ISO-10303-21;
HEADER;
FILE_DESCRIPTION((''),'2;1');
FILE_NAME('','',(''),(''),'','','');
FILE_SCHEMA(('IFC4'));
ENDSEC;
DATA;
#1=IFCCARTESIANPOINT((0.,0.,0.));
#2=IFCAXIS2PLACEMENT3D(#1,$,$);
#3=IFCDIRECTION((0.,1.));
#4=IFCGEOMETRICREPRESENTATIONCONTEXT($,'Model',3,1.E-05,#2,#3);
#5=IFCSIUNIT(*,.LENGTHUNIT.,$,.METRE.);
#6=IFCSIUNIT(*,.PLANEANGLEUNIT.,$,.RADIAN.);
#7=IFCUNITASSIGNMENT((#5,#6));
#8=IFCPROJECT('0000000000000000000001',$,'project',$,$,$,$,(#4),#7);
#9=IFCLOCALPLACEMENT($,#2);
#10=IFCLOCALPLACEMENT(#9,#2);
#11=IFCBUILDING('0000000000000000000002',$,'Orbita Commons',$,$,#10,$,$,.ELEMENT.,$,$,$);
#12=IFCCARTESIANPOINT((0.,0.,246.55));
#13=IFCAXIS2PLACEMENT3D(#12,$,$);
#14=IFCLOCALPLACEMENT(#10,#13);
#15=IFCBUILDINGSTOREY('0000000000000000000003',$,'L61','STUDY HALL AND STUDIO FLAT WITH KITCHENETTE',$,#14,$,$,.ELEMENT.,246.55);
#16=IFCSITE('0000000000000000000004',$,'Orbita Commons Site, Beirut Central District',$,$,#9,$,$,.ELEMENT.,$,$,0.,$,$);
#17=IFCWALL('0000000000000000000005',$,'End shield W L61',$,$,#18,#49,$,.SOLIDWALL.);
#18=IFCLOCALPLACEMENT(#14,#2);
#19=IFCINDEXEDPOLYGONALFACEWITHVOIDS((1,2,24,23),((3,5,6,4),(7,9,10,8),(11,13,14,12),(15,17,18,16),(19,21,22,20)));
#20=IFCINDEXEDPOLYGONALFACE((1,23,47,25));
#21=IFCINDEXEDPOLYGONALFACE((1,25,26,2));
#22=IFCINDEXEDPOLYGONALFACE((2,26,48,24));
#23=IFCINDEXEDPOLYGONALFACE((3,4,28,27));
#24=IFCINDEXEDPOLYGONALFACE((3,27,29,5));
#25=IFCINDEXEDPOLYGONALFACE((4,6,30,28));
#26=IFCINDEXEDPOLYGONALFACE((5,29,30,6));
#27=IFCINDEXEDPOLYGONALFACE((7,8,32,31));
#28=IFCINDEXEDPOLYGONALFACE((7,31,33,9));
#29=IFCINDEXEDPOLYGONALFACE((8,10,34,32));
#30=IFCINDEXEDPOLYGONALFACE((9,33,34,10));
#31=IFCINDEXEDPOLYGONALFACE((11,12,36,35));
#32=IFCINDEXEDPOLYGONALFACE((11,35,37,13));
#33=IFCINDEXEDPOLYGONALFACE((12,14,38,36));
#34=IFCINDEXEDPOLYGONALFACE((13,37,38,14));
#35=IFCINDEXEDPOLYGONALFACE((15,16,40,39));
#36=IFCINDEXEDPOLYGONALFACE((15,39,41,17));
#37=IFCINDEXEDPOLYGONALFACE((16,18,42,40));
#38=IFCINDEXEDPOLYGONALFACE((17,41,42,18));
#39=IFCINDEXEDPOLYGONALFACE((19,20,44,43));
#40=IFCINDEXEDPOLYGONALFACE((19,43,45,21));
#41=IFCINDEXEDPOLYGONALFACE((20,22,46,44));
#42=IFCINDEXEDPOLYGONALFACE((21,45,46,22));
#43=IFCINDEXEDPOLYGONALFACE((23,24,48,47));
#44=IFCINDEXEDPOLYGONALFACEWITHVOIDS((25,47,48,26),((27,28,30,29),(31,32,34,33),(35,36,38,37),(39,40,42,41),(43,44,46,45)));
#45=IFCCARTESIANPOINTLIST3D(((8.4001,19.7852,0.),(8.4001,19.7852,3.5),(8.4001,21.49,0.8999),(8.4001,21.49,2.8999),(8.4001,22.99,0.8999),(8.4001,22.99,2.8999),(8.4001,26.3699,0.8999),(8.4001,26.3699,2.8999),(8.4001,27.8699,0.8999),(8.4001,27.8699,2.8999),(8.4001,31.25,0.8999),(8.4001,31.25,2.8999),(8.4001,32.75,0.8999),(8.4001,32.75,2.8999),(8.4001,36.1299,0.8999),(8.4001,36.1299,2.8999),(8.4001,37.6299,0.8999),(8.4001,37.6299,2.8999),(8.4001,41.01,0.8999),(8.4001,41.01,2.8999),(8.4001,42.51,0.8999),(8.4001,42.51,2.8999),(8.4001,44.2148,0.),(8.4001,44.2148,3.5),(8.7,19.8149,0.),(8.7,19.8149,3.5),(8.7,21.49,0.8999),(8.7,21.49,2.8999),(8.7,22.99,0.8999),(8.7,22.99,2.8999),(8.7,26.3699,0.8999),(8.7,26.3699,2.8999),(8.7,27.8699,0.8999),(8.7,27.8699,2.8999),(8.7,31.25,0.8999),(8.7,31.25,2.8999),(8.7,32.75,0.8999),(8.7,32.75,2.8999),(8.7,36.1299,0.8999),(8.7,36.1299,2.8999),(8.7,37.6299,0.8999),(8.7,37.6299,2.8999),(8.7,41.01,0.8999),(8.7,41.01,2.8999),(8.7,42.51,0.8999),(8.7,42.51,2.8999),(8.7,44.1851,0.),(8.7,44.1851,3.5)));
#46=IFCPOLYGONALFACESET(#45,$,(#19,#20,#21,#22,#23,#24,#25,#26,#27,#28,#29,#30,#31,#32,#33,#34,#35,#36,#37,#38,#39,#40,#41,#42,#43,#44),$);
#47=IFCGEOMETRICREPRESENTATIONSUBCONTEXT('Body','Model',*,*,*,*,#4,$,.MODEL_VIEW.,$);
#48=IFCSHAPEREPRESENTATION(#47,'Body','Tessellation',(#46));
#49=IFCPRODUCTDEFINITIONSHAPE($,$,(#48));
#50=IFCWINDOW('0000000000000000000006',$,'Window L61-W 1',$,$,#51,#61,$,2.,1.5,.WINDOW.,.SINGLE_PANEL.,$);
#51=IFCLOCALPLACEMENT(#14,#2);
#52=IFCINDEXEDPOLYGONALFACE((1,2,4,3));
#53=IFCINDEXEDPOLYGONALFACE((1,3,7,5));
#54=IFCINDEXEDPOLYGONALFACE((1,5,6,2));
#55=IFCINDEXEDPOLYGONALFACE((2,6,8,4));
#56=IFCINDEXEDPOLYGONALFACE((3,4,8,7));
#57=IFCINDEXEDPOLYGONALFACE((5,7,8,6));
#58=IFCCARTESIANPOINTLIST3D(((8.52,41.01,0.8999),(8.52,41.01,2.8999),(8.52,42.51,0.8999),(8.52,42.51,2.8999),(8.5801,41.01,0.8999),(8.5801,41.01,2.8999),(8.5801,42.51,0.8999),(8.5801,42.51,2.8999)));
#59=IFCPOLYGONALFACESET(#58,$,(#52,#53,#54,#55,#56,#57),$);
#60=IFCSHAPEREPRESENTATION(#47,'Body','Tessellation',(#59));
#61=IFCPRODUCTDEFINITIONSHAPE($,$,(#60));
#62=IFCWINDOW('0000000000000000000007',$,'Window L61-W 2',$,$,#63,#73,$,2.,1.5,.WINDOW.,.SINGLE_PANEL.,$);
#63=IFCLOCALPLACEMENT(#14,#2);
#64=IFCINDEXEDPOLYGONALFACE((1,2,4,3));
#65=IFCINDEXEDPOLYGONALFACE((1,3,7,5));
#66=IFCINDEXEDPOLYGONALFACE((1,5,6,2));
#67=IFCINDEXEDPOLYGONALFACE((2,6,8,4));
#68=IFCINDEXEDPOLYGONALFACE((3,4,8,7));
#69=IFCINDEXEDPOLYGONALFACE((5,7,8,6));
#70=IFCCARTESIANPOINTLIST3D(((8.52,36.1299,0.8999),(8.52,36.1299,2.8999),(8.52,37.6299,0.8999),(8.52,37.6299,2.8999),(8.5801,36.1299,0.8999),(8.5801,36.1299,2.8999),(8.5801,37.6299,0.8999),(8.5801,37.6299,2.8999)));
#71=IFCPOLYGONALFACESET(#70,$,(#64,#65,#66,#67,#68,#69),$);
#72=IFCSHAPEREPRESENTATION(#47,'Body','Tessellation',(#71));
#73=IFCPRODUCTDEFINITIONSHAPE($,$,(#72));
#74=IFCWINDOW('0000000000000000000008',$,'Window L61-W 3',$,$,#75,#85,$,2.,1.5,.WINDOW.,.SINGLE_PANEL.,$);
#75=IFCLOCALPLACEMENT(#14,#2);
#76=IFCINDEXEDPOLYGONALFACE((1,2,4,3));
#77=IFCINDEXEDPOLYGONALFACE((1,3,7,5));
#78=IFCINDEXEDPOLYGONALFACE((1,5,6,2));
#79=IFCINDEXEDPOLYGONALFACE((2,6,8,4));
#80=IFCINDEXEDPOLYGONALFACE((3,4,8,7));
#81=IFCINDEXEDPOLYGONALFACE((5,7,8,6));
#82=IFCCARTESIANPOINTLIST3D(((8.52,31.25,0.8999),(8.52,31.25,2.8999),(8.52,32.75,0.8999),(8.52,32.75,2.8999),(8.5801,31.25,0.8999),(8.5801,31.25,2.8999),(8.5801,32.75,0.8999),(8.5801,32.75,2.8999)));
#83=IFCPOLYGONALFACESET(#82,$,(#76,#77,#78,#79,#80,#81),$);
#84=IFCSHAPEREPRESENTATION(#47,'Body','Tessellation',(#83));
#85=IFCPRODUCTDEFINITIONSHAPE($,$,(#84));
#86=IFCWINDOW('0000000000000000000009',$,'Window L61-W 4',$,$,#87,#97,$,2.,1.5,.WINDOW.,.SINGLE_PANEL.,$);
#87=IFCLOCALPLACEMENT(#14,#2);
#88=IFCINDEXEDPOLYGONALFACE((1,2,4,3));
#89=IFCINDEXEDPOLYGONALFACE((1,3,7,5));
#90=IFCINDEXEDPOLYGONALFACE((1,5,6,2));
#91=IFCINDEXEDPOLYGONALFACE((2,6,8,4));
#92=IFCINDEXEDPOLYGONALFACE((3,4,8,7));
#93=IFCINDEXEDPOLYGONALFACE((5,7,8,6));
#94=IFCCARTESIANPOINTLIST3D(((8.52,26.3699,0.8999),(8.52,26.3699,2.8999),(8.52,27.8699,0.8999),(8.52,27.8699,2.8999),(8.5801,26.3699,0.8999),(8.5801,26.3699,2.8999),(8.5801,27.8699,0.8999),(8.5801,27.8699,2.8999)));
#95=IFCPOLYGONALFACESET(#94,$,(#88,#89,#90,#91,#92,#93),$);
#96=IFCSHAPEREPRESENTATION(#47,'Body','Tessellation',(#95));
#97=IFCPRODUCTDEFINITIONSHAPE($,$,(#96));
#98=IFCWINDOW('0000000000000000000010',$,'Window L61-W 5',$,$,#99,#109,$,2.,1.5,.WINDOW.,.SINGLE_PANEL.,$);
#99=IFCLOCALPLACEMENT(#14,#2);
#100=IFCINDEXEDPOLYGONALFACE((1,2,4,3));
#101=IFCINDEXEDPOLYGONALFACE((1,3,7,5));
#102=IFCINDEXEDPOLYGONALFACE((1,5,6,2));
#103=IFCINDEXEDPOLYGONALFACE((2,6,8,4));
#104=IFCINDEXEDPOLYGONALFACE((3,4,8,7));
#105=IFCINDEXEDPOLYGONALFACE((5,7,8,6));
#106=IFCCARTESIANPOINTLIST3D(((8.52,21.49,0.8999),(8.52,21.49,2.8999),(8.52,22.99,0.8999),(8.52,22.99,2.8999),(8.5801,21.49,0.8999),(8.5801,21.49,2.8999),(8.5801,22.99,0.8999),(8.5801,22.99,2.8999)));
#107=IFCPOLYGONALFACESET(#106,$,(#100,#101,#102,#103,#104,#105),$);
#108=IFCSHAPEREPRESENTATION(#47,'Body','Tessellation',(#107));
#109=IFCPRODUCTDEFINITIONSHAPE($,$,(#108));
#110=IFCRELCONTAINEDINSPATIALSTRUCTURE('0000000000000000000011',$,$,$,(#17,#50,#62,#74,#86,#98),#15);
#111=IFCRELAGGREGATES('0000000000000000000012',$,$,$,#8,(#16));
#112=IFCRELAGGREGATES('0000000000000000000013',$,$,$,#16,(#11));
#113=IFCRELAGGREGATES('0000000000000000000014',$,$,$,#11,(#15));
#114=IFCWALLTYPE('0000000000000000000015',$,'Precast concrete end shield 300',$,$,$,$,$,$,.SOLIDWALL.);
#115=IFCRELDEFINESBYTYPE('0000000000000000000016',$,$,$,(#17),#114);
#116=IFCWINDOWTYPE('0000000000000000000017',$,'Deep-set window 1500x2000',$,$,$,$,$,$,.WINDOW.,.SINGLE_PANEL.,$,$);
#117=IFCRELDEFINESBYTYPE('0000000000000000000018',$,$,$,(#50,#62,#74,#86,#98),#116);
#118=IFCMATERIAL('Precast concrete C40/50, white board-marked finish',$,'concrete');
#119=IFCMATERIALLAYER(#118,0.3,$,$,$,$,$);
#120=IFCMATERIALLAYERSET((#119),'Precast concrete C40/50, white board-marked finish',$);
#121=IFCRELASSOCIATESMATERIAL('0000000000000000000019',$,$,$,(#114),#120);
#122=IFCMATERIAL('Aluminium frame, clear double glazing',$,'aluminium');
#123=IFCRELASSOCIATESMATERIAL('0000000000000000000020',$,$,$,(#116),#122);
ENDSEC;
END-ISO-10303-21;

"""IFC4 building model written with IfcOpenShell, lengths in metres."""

from ifc_helpers import new_model, si_unit, direction, frame, frame_2d, origin, place, context, subcontext, project, spatial, polyline, rectangle, outline, extrude, material, layer, layer_set, type_object, element, fill, save


model = new_model("IFC4")

# Units and contexts
model_context = context("Model", 3, precision=1e-05, world=origin(), true_north=direction((0.0, 1.0)))
body_context = subcontext(model_context, "Body", "Model", "MODEL_VIEW")
ifc_project = project(units=[si_unit("LENGTHUNIT", "METRE"), si_unit("PLANEANGLEUNIT", "RADIAN")], contexts=[model_context])

# Site, building, storey
site_placement = place(None, origin())
site = spatial("IfcSite", under=ifc_project, at=site_placement, Name="Orbita Commons Site, Beirut Central District", CompositionType="ELEMENT", RefElevation=0.0)
building_placement = place(site_placement, origin())
building = spatial("IfcBuilding", under=site, at=building_placement, Name="Orbita Commons", CompositionType="ELEMENT")
storey_placement = place(building_placement, frame((0.0, 0.0, 246.55)))
storey = spatial("IfcBuildingStorey", under=building, at=storey_placement, Name="L61", Description="STUDY HALL AND STUDIO FLAT WITH KITCHENETTE", CompositionType="ELEMENT", Elevation=246.55)

# Wall, openings, windows
ifc_material_1 = material(Name="Precast concrete C40/50, white board-marked finish", Category="concrete")
ifc_layer_1 = layer(ifc_material_1, 0.3)
ifc_layer_set_1 = layer_set([ifc_layer_1], Name="Precast concrete C40/50, white board-marked finish")
wall_type_1 = type_object("IfcWallType", Name="Precast concrete end shield 300", PredefinedType="SOLIDWALL", material=ifc_layer_set_1)
wall_1_placement = place(storey_placement, frame((8.55, 44.2, 0.0), z_axis=(0.0, 0.0, 1.0), x_axis=(0.0, -1.0, 0.0)))
wall_1 = element("IfcWall", 1, at=wall_1_placement, inside=storey, type_object=wall_type_1, Name="End shield W L61", PredefinedType="SOLIDWALL", context=body_context, shape_type="SweptSolid", body=[
    extrude(outline(polyline([(-0.0149, -0.1499), (24.4148, -0.1499), (24.385, 0.1499), (0.0149, 0.1499), (-0.0149, -0.1499)])), origin(), (0.0, 0.0, 1.0), 3.5),
])
opening_1_placement = place(wall_1_placement, frame((1.6899, 0.0, 0.8999)))
opening_1 = element("IfcOpeningElement", 2, at=opening_1_placement, cuts=wall_1, PredefinedType="OPENING", context=body_context, shape_type="SweptSolid", body=[
    extrude(rectangle(XDim=1.5, YDim=2.0, at=frame_2d((0.75, 1.0))), frame((0.0, 0.1599, 0.0), z_axis=(0.0, -1.0, 0.0), x_axis=(1.0, 0.0, 0.0)), (0.0, 0.0, 1.0), 0.3201),
])
opening_2_placement = place(wall_1_placement, frame((6.5701, 0.0, 0.8999)))
opening_2 = element("IfcOpeningElement", 3, at=opening_2_placement, cuts=wall_1, PredefinedType="OPENING", context=body_context, shape_type="SweptSolid", body=[
    extrude(rectangle(XDim=1.5, YDim=2.0, at=frame_2d((0.75, 1.0))), frame((0.0, 0.1599, 0.0), z_axis=(0.0, -1.0, 0.0), x_axis=(1.0, 0.0, 0.0)), (0.0, 0.0, 1.0), 0.3201),
])
opening_3_placement = place(wall_1_placement, frame((11.45, 0.0, 0.8999)))
opening_3 = element("IfcOpeningElement", 4, at=opening_3_placement, cuts=wall_1, PredefinedType="OPENING", context=body_context, shape_type="SweptSolid", body=[
    extrude(rectangle(XDim=1.5, YDim=2.0, at=frame_2d((0.75, 1.0))), frame((0.0, 0.1599, 0.0), z_axis=(0.0, -1.0, 0.0), x_axis=(1.0, 0.0, 0.0)), (0.0, 0.0, 1.0), 0.3201),
])
opening_4_placement = place(wall_1_placement, frame((16.3301, 0.0, 0.8999)))
opening_4 = element("IfcOpeningElement", 5, at=opening_4_placement, cuts=wall_1, PredefinedType="OPENING", context=body_context, shape_type="SweptSolid", body=[
    extrude(rectangle(XDim=1.5, YDim=2.0, at=frame_2d((0.75, 1.0))), frame((0.0, 0.1599, 0.0), z_axis=(0.0, -1.0, 0.0), x_axis=(1.0, 0.0, 0.0)), (0.0, 0.0, 1.0), 0.3201),
])
opening_5_placement = place(wall_1_placement, frame((21.21, 0.0, 0.8999)))
opening_5 = element("IfcOpeningElement", 6, at=opening_5_placement, cuts=wall_1, PredefinedType="OPENING", context=body_context, shape_type="SweptSolid", body=[
    extrude(rectangle(XDim=1.5, YDim=2.0, at=frame_2d((0.75, 1.0))), frame((0.0, 0.1599, 0.0), z_axis=(0.0, -1.0, 0.0), x_axis=(1.0, 0.0, 0.0)), (0.0, 0.0, 1.0), 0.3201),
])
ifc_material_2 = material(Name="Aluminium frame, clear double glazing", Category="aluminium")
window_type = type_object("IfcWindowType", Name="Deep-set window 1500x2000", PartitioningType="SINGLE_PANEL", PredefinedType="WINDOW", material=ifc_material_2)
window_1_placement = place(opening_1_placement, origin())
window_1 = element("IfcWindow", 7, at=window_1_placement, inside=storey, type_object=window_type, Name="Window L61-W 1", OverallHeight=2.0, OverallWidth=1.5, PartitioningType="SINGLE_PANEL", PredefinedType="WINDOW", context=body_context, shape_type="SweptSolid", body=[
    extrude(rectangle(XDim=1.5, YDim=2.0, at=frame_2d((0.75, 1.0))), frame((0.0, 0.03, 0.0), z_axis=(0.0, -1.0, 0.0), x_axis=(1.0, 0.0, 0.0)), (0.0, 0.0, 1.0), 0.0601),
])
fill(opening_1, window_1)
window_2_placement = place(opening_2_placement, origin())
window_2 = element("IfcWindow", 8, at=window_2_placement, inside=storey, type_object=window_type, Name="Window L61-W 2", OverallHeight=2.0, OverallWidth=1.5, PartitioningType="SINGLE_PANEL", PredefinedType="WINDOW", context=body_context, shape_type="SweptSolid", body=[
    extrude(rectangle(XDim=1.5, YDim=2.0, at=frame_2d((0.75, 1.0))), frame((0.0, 0.03, 0.0), z_axis=(0.0, -1.0, 0.0), x_axis=(1.0, 0.0, 0.0)), (0.0, 0.0, 1.0), 0.0601),
])
fill(opening_2, window_2)
window_3_placement = place(opening_3_placement, origin())
window_3 = element("IfcWindow", 9, at=window_3_placement, inside=storey, type_object=window_type, Name="Window L61-W 3", OverallHeight=2.0, OverallWidth=1.5, PartitioningType="SINGLE_PANEL", PredefinedType="WINDOW", context=body_context, shape_type="SweptSolid", body=[
    extrude(rectangle(XDim=1.5, YDim=2.0, at=frame_2d((0.75, 1.0))), frame((0.0, 0.03, 0.0), z_axis=(0.0, -1.0, 0.0), x_axis=(1.0, 0.0, 0.0)), (0.0, 0.0, 1.0), 0.0601),
])
fill(opening_3, window_3)
window_4_placement = place(opening_4_placement, origin())
window_4 = element("IfcWindow", 10, at=window_4_placement, inside=storey, type_object=window_type, Name="Window L61-W 4", OverallHeight=2.0, OverallWidth=1.5, PartitioningType="SINGLE_PANEL", PredefinedType="WINDOW", context=body_context, shape_type="SweptSolid", body=[
    extrude(rectangle(XDim=1.5, YDim=2.0, at=frame_2d((0.75, 1.0))), frame((0.0, 0.03, 0.0), z_axis=(0.0, -1.0, 0.0), x_axis=(1.0, 0.0, 0.0)), (0.0, 0.0, 1.0), 0.0601),
])
fill(opening_4, window_4)
window_5_placement = place(opening_5_placement, origin())
window_5 = element("IfcWindow", 11, at=window_5_placement, inside=storey, type_object=window_type, Name="Window L61-W 5", OverallHeight=2.0, OverallWidth=1.5, PartitioningType="SINGLE_PANEL", PredefinedType="WINDOW", context=body_context, shape_type="SweptSolid", body=[
    extrude(rectangle(XDim=1.5, YDim=2.0, at=frame_2d((0.75, 1.0))), frame((0.0, 0.03, 0.0), z_axis=(0.0, -1.0, 0.0), x_axis=(1.0, 0.0, 0.0)), (0.0, 0.0, 1.0), 0.0601),
])
fill(opening_5, window_5)

save(model, "model.ifc")
